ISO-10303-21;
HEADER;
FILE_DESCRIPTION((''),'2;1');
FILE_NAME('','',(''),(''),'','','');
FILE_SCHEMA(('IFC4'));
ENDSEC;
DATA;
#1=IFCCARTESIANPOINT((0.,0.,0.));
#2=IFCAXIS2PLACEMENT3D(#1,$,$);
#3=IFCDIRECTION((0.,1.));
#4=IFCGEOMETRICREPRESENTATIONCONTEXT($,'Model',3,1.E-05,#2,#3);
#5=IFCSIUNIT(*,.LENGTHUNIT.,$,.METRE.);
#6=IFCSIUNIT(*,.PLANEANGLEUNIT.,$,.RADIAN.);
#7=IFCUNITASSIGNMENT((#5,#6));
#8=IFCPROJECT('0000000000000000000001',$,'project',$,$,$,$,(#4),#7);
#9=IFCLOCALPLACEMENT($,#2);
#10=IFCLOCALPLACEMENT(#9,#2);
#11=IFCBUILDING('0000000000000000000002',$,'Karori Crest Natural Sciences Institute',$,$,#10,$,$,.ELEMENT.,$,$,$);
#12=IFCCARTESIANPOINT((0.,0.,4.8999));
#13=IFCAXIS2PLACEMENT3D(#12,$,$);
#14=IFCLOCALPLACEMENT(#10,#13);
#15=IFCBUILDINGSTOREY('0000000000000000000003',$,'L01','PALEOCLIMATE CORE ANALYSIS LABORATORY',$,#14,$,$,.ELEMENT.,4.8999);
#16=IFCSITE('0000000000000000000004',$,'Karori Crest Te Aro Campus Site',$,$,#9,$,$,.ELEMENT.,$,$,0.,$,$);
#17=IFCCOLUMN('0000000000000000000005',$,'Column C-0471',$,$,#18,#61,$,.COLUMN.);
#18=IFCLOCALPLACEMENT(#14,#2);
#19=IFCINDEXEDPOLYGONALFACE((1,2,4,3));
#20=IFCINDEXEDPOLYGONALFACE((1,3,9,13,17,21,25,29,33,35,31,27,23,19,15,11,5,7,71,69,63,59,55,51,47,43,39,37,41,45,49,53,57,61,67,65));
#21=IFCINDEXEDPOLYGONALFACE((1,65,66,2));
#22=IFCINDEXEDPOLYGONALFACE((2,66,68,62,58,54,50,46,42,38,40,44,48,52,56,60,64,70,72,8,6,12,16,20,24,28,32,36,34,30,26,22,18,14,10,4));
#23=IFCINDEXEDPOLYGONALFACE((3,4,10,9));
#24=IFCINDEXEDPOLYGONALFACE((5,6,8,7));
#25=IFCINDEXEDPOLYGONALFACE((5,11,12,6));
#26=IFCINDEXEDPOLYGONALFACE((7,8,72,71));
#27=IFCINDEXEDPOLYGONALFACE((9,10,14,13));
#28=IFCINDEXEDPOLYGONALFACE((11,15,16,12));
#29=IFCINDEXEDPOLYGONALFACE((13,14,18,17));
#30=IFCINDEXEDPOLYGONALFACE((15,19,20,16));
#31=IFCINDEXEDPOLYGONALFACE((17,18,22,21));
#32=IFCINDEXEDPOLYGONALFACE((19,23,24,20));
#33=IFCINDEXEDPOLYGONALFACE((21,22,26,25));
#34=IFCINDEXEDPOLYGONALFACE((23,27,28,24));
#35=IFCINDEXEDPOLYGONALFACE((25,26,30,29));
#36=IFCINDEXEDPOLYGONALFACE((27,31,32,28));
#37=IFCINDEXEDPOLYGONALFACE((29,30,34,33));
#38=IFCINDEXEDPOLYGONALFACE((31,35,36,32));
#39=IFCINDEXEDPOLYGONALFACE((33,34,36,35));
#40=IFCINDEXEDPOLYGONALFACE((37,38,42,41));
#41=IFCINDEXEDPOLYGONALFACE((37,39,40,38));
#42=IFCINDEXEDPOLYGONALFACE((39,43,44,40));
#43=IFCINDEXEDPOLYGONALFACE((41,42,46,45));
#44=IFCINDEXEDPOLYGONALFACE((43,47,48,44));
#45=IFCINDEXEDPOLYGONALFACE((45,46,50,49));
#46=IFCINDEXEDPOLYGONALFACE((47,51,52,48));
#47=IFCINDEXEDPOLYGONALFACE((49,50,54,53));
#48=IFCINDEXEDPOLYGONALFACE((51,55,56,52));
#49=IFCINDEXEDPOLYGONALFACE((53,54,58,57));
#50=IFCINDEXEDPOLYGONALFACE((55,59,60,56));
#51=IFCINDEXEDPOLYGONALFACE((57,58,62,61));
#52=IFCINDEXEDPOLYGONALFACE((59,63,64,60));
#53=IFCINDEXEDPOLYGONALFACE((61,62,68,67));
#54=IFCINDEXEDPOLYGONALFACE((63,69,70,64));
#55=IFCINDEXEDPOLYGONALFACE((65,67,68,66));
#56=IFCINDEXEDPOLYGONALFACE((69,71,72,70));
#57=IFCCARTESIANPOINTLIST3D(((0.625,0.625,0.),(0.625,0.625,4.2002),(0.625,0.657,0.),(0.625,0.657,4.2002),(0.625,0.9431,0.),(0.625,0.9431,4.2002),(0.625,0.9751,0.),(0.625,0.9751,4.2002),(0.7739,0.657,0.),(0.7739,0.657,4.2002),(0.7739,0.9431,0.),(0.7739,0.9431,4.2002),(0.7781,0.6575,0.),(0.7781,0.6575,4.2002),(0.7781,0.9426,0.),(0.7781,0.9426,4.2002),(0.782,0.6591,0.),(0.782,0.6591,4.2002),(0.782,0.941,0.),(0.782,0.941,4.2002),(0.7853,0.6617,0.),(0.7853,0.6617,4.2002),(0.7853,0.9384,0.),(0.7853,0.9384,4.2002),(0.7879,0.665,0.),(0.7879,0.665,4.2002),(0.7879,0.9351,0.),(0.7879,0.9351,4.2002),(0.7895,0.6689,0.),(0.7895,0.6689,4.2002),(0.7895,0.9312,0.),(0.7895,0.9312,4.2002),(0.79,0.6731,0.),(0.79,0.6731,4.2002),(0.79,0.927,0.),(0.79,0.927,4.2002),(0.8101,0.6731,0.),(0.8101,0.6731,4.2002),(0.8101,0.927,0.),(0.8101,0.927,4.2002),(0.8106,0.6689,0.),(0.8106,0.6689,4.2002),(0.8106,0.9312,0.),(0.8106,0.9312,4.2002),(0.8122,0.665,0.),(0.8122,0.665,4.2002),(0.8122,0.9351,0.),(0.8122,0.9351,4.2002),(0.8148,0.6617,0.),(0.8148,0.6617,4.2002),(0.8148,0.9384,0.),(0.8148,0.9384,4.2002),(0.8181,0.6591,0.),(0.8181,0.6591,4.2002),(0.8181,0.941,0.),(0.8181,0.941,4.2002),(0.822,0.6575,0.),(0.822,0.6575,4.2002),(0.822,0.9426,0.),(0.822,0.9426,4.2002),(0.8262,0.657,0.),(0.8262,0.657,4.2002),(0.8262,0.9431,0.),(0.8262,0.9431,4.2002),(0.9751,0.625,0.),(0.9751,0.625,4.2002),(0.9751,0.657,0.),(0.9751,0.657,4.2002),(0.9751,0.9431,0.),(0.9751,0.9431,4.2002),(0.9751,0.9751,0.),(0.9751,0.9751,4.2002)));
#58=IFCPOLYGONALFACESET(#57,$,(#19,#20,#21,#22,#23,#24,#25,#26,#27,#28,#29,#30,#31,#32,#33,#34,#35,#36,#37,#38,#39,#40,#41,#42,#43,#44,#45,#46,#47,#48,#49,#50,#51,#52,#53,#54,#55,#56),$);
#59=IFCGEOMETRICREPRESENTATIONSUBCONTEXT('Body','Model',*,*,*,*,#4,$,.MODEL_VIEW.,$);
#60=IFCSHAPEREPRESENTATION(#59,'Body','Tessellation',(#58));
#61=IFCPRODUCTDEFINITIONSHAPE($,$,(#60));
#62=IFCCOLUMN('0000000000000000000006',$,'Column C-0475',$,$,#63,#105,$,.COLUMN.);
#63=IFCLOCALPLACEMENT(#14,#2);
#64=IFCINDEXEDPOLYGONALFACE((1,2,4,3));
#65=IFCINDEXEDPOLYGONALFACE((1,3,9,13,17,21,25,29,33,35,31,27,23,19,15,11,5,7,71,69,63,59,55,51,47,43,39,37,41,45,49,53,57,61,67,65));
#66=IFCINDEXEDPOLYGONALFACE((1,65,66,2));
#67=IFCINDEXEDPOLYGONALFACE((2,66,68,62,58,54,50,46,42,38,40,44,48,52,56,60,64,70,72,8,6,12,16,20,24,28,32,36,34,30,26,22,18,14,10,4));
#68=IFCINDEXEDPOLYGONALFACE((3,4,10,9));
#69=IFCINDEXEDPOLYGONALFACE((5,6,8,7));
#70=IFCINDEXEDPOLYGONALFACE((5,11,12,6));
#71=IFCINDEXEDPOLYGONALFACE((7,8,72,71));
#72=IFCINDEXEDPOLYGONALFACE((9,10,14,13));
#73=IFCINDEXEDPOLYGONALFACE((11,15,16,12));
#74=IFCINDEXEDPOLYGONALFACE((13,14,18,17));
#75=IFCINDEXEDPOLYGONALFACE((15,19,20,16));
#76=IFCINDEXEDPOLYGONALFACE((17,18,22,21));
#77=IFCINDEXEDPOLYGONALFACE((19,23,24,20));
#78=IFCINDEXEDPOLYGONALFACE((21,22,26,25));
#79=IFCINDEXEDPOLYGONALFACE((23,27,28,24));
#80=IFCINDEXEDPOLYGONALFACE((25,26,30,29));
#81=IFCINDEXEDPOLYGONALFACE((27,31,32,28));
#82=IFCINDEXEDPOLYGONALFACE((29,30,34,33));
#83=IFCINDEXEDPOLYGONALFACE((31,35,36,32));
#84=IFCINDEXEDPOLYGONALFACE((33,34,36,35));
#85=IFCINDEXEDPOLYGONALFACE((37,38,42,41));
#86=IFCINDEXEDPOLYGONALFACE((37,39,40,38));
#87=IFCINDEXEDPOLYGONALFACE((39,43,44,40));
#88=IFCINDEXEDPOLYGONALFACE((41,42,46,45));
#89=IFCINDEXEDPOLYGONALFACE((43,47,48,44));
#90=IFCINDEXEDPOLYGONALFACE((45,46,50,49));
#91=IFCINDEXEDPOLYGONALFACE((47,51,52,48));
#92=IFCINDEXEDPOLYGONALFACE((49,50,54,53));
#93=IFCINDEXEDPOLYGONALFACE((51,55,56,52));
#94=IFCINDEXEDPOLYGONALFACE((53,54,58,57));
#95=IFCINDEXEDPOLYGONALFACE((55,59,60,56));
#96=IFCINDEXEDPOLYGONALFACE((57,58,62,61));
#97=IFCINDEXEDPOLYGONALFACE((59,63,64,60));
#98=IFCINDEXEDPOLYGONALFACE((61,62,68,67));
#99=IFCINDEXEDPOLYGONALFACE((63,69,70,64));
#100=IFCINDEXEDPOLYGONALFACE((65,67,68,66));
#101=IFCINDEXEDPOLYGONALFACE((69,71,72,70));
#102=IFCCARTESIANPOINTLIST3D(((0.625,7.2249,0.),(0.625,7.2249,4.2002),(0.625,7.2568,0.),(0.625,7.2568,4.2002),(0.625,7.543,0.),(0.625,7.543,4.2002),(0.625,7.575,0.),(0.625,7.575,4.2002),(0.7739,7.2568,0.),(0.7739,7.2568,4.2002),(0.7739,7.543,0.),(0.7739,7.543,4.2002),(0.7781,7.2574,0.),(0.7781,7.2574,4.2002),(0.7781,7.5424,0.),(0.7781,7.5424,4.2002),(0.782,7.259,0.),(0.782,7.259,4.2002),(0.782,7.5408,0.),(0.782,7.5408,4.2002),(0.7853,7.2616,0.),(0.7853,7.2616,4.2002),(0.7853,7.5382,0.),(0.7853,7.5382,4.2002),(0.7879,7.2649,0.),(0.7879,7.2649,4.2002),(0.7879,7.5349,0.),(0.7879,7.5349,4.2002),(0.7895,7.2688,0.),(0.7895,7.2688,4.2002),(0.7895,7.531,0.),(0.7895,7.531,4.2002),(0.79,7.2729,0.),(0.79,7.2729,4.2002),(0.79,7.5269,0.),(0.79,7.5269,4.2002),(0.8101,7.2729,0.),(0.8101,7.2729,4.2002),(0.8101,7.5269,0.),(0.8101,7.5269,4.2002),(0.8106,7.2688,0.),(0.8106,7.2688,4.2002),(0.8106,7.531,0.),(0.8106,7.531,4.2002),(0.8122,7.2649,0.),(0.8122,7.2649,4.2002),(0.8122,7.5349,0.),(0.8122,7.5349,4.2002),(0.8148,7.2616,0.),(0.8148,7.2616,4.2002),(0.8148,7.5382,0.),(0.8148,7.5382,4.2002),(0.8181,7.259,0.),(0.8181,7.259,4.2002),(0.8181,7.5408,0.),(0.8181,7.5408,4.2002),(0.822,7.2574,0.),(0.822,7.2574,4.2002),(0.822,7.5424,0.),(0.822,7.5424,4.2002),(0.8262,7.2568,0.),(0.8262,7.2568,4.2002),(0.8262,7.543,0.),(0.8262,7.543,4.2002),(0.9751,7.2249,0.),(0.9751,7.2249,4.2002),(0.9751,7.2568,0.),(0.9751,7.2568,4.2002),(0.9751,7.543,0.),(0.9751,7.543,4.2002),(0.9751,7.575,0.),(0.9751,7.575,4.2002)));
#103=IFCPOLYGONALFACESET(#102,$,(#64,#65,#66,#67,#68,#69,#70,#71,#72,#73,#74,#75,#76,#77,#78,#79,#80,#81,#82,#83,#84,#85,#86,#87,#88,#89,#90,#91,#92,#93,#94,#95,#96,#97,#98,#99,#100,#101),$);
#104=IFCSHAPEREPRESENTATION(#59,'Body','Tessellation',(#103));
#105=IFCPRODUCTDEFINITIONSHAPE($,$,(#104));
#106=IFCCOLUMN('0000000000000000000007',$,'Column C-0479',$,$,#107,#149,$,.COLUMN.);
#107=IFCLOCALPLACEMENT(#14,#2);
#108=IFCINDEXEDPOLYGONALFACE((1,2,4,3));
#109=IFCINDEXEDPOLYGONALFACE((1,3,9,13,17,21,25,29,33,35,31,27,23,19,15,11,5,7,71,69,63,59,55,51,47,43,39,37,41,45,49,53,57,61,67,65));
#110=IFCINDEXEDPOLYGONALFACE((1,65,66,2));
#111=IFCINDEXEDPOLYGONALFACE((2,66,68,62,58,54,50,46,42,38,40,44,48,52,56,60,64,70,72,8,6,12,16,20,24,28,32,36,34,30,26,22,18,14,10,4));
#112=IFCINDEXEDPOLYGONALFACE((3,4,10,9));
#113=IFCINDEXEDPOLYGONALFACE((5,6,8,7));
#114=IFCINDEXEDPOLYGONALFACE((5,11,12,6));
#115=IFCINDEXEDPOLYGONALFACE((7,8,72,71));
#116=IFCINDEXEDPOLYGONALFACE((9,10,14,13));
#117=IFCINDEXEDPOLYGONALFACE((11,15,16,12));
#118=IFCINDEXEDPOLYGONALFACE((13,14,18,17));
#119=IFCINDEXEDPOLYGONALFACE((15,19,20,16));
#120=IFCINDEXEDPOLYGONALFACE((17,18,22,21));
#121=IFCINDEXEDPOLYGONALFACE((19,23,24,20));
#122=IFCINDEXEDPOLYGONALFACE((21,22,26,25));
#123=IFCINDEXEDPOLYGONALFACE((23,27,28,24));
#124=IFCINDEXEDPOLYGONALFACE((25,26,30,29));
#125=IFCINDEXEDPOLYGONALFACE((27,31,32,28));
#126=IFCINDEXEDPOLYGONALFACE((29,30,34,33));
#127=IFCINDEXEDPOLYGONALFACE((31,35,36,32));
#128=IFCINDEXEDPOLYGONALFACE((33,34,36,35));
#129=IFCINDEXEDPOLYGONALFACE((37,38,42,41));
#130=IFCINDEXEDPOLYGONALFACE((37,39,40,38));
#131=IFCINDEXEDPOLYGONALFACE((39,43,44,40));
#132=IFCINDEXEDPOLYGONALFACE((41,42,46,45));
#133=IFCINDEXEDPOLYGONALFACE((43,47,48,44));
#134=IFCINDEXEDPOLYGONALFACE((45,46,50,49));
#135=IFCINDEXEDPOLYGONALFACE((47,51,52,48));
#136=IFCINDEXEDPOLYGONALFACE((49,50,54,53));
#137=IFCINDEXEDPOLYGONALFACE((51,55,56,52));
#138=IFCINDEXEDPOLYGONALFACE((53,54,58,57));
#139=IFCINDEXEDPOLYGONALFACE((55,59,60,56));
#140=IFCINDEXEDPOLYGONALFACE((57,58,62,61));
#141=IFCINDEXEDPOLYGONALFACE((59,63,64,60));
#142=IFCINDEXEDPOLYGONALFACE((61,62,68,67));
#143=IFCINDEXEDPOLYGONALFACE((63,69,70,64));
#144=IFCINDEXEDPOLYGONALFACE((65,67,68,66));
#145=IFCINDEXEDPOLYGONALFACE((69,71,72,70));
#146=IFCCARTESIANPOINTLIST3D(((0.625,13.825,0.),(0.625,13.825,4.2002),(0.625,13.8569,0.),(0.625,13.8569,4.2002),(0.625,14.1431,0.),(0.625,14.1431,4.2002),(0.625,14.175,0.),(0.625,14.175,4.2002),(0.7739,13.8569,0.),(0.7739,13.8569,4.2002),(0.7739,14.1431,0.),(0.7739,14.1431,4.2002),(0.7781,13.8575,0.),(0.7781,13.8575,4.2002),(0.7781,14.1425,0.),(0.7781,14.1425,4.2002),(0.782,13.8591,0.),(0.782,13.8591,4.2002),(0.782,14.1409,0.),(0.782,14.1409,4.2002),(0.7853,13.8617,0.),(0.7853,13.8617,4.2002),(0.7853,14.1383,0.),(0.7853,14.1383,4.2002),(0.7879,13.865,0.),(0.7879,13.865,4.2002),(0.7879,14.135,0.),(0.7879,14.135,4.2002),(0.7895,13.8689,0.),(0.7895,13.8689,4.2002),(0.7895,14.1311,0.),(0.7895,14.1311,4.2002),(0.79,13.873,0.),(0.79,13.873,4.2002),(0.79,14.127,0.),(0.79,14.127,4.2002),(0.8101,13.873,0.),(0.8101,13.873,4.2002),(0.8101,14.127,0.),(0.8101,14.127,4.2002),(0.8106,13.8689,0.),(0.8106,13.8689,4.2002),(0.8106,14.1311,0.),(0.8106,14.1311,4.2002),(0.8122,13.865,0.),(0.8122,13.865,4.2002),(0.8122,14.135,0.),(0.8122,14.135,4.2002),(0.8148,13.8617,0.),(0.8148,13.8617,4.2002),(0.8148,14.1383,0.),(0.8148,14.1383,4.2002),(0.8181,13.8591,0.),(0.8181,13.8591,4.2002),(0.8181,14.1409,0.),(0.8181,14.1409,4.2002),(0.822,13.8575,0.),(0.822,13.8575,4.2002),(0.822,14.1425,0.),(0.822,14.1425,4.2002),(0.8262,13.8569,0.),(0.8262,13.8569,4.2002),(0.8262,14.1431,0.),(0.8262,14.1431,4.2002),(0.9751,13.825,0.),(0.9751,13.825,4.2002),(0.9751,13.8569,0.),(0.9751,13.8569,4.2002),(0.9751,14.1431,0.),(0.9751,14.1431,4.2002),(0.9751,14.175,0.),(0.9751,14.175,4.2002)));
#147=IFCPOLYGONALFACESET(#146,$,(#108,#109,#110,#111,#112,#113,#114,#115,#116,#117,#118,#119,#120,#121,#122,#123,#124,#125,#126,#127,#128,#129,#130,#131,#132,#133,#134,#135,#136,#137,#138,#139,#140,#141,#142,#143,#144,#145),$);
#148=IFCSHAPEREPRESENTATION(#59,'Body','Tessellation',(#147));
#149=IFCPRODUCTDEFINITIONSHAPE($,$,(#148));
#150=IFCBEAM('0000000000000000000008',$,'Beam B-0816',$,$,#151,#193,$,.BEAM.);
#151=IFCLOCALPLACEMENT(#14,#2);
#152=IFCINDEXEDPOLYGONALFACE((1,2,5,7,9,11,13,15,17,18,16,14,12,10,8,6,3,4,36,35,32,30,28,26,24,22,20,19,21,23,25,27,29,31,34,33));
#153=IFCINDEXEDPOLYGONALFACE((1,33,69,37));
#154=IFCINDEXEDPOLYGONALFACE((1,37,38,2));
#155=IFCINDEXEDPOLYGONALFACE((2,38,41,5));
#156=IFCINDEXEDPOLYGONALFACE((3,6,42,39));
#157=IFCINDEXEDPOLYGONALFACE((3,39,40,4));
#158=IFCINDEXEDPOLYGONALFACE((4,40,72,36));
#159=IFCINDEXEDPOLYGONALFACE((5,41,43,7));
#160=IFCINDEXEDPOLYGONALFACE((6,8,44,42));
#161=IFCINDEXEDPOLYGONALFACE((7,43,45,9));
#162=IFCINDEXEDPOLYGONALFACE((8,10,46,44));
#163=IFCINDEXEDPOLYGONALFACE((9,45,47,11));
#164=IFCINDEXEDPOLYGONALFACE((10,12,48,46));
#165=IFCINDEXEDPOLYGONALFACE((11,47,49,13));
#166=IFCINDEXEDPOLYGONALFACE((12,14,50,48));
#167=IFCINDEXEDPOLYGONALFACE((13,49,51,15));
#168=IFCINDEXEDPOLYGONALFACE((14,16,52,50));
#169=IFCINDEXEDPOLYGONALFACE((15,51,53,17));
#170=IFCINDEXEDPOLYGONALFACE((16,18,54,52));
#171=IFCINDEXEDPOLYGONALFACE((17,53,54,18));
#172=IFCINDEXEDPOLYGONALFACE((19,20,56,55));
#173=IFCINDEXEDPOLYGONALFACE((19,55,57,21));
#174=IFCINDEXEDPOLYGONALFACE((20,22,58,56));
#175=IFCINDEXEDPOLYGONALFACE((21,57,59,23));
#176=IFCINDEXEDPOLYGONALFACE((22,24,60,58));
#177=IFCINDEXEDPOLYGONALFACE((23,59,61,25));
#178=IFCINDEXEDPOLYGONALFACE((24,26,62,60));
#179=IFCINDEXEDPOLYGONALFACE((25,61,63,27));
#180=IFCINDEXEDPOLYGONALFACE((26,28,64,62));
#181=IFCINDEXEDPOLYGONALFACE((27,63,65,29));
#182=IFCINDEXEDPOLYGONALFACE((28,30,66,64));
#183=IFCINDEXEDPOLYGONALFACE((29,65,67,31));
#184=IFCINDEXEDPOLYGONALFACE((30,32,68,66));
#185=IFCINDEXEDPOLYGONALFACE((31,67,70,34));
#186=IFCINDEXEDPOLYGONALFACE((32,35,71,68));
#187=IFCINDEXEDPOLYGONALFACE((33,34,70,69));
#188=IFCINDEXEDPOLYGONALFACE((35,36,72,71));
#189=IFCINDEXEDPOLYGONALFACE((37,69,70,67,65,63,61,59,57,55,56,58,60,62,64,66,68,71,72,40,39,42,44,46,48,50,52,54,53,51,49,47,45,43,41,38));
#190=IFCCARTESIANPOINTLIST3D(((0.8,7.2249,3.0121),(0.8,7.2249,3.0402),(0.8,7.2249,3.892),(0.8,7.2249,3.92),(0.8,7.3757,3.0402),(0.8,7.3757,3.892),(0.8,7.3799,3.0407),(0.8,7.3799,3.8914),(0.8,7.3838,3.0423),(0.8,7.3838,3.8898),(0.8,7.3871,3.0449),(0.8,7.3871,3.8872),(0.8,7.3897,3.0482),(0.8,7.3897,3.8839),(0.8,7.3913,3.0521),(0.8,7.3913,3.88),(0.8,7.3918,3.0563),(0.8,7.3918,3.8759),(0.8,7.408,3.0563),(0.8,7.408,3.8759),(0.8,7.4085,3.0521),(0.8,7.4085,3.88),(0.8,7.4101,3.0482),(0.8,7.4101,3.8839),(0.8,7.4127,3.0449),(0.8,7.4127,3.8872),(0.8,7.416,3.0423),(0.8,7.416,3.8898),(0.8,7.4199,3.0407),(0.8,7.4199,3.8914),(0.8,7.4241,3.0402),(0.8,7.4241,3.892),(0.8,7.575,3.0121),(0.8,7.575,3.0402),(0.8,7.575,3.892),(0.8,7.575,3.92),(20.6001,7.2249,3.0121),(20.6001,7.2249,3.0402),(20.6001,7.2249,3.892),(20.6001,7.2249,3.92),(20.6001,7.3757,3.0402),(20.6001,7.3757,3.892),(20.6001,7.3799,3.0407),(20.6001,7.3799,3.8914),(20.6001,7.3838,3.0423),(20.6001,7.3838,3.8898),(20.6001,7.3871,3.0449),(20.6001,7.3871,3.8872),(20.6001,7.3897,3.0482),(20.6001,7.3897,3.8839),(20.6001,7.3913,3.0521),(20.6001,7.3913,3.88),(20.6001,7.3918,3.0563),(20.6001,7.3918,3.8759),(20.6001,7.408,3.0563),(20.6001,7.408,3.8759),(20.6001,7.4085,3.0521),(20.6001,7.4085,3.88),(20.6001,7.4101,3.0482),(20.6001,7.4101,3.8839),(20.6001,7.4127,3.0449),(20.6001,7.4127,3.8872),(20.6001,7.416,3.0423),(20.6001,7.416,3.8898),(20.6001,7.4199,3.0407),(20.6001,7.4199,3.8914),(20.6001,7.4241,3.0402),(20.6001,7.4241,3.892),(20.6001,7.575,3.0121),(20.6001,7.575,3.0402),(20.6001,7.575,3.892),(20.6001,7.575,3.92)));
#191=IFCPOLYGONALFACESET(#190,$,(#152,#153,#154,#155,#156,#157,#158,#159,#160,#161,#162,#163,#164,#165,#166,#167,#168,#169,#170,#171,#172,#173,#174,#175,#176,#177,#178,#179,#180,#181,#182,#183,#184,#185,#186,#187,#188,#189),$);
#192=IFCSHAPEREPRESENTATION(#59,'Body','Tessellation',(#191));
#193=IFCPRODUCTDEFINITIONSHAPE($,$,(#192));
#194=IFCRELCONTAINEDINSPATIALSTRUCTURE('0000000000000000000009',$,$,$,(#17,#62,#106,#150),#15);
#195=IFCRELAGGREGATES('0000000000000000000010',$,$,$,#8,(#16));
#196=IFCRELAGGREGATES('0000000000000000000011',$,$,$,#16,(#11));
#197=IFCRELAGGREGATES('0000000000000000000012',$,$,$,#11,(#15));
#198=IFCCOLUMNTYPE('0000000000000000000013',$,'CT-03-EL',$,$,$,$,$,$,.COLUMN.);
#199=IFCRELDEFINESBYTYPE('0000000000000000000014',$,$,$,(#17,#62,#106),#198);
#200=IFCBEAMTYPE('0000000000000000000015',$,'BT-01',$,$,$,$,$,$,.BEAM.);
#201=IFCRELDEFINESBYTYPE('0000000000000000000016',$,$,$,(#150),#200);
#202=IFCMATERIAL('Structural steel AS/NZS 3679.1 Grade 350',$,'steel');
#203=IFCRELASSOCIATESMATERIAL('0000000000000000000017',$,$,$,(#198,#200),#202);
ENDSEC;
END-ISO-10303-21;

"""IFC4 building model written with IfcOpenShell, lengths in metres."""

from ifc_helpers import new_model, si_unit, direction, frame, origin, origin_2d, place, context, subcontext, project, spatial, i_section, extrude, material, material_profile, profile_set, type_object, element, save


model = new_model("IFC4")

# Units and contexts
model_context = context("Model", 3, precision=1e-05, world=origin(), true_north=direction((0.0, 1.0)))
body_context = subcontext(model_context, "Body", "Model", "MODEL_VIEW")
ifc_project = project(units=[si_unit("LENGTHUNIT", "METRE"), si_unit("PLANEANGLEUNIT", "RADIAN")], contexts=[model_context])

# Site, building, storey
site_placement = place(None, origin())
site = spatial("IfcSite", under=ifc_project, at=site_placement, Name="Karori Crest Te Aro Campus Site", CompositionType="ELEMENT", RefElevation=0.0)
building_placement = place(site_placement, origin())
building = spatial("IfcBuilding", under=site, at=building_placement, Name="Karori Crest Natural Sciences Institute", CompositionType="ELEMENT")
storey_placement = place(building_placement, frame((0.0, 0.0, 4.8999)))
storey = spatial("IfcBuildingStorey", under=building, at=storey_placement, Name="L01", Description="PALEOCLIMATE CORE ANALYSIS LABORATORY", CompositionType="ELEMENT", Elevation=4.8999)

# Columns
ifc_material_1 = material(Name="Structural steel AS/NZS 3679.1 Grade 350", Category="steel")
ifc_material_profile_1 = material_profile(ifc_material_1, i_section(OverallWidth=0.3501, OverallDepth=0.3501, WebThickness=0.02, FlangeThickness=0.032, FilletRadius=0.0161, at=origin_2d()), Name="350WC280")
ifc_profile_set_1 = profile_set([ifc_material_profile_1], Name="Structural steel AS/NZS 3679.1 Grade 350")
column_type = type_object("IfcColumnType", Name="CT-03-EL", PredefinedType="COLUMN", material=ifc_profile_set_1)
for number, where, z_axis, x_axis, name in (
    (1, (0.8, 0.8, 0.0), (0.0, 0.0, 1.0), (1.0, 0.0, 0.0), "Column C-0471"),
    (2, (0.8, 7.3999, 0.0), (0.0, 0.0, 1.0), (1.0, 0.0, 0.0), "Column C-0475"),
    (3, (0.8, 14.0, 0.0), (0.0, 0.0, 1.0), (1.0, 0.0, 0.0), "Column C-0479"),
):
    element("IfcColumn", number, at=place(storey_placement, frame(where, z_axis=z_axis, x_axis=x_axis)), inside=storey, type_object=column_type, Name=name, PredefinedType="COLUMN", context=body_context, shape_type="SweptSolid", body=[
        extrude(i_section(OverallWidth=0.3501, OverallDepth=0.3501, WebThickness=0.02, FlangeThickness=0.032, FilletRadius=0.0161, at=origin_2d()), origin(), (0.0, 0.0, 1.0), 4.2002),
    ])

# Beam
ifc_material_profile_2 = material_profile(ifc_material_1, i_section(OverallWidth=0.3501, OverallDepth=0.908, WebThickness=0.0161, FlangeThickness=0.0281, FilletRadius=0.0161, at=origin_2d()), Name="900WB257")
ifc_profile_set_2 = profile_set([ifc_material_profile_2], Name="Structural steel AS/NZS 3679.1 Grade 350")
beam_type_1 = type_object("IfcBeamType", Name="BT-01", PredefinedType="BEAM", material=ifc_profile_set_2)
for number, where, z_axis, x_axis, name in (
    (4, (0.8, 7.3999, 3.4661), (1.0, 0.0, 0.0), (0.0, 1.0, 0.0), "Beam B-0816"),
):
    element("IfcBeam", number, at=place(storey_placement, frame(where, z_axis=z_axis, x_axis=x_axis)), inside=storey, type_object=beam_type_1, Name=name, PredefinedType="BEAM", context=body_context, shape_type="SweptSolid", body=[
        extrude(i_section(OverallWidth=0.3501, OverallDepth=0.908, WebThickness=0.0161, FlangeThickness=0.0281, FilletRadius=0.0161, at=origin_2d()), origin(), (0.0, 0.0, 1.0), 19.8),
    ])

save(model, "model.ifc")
